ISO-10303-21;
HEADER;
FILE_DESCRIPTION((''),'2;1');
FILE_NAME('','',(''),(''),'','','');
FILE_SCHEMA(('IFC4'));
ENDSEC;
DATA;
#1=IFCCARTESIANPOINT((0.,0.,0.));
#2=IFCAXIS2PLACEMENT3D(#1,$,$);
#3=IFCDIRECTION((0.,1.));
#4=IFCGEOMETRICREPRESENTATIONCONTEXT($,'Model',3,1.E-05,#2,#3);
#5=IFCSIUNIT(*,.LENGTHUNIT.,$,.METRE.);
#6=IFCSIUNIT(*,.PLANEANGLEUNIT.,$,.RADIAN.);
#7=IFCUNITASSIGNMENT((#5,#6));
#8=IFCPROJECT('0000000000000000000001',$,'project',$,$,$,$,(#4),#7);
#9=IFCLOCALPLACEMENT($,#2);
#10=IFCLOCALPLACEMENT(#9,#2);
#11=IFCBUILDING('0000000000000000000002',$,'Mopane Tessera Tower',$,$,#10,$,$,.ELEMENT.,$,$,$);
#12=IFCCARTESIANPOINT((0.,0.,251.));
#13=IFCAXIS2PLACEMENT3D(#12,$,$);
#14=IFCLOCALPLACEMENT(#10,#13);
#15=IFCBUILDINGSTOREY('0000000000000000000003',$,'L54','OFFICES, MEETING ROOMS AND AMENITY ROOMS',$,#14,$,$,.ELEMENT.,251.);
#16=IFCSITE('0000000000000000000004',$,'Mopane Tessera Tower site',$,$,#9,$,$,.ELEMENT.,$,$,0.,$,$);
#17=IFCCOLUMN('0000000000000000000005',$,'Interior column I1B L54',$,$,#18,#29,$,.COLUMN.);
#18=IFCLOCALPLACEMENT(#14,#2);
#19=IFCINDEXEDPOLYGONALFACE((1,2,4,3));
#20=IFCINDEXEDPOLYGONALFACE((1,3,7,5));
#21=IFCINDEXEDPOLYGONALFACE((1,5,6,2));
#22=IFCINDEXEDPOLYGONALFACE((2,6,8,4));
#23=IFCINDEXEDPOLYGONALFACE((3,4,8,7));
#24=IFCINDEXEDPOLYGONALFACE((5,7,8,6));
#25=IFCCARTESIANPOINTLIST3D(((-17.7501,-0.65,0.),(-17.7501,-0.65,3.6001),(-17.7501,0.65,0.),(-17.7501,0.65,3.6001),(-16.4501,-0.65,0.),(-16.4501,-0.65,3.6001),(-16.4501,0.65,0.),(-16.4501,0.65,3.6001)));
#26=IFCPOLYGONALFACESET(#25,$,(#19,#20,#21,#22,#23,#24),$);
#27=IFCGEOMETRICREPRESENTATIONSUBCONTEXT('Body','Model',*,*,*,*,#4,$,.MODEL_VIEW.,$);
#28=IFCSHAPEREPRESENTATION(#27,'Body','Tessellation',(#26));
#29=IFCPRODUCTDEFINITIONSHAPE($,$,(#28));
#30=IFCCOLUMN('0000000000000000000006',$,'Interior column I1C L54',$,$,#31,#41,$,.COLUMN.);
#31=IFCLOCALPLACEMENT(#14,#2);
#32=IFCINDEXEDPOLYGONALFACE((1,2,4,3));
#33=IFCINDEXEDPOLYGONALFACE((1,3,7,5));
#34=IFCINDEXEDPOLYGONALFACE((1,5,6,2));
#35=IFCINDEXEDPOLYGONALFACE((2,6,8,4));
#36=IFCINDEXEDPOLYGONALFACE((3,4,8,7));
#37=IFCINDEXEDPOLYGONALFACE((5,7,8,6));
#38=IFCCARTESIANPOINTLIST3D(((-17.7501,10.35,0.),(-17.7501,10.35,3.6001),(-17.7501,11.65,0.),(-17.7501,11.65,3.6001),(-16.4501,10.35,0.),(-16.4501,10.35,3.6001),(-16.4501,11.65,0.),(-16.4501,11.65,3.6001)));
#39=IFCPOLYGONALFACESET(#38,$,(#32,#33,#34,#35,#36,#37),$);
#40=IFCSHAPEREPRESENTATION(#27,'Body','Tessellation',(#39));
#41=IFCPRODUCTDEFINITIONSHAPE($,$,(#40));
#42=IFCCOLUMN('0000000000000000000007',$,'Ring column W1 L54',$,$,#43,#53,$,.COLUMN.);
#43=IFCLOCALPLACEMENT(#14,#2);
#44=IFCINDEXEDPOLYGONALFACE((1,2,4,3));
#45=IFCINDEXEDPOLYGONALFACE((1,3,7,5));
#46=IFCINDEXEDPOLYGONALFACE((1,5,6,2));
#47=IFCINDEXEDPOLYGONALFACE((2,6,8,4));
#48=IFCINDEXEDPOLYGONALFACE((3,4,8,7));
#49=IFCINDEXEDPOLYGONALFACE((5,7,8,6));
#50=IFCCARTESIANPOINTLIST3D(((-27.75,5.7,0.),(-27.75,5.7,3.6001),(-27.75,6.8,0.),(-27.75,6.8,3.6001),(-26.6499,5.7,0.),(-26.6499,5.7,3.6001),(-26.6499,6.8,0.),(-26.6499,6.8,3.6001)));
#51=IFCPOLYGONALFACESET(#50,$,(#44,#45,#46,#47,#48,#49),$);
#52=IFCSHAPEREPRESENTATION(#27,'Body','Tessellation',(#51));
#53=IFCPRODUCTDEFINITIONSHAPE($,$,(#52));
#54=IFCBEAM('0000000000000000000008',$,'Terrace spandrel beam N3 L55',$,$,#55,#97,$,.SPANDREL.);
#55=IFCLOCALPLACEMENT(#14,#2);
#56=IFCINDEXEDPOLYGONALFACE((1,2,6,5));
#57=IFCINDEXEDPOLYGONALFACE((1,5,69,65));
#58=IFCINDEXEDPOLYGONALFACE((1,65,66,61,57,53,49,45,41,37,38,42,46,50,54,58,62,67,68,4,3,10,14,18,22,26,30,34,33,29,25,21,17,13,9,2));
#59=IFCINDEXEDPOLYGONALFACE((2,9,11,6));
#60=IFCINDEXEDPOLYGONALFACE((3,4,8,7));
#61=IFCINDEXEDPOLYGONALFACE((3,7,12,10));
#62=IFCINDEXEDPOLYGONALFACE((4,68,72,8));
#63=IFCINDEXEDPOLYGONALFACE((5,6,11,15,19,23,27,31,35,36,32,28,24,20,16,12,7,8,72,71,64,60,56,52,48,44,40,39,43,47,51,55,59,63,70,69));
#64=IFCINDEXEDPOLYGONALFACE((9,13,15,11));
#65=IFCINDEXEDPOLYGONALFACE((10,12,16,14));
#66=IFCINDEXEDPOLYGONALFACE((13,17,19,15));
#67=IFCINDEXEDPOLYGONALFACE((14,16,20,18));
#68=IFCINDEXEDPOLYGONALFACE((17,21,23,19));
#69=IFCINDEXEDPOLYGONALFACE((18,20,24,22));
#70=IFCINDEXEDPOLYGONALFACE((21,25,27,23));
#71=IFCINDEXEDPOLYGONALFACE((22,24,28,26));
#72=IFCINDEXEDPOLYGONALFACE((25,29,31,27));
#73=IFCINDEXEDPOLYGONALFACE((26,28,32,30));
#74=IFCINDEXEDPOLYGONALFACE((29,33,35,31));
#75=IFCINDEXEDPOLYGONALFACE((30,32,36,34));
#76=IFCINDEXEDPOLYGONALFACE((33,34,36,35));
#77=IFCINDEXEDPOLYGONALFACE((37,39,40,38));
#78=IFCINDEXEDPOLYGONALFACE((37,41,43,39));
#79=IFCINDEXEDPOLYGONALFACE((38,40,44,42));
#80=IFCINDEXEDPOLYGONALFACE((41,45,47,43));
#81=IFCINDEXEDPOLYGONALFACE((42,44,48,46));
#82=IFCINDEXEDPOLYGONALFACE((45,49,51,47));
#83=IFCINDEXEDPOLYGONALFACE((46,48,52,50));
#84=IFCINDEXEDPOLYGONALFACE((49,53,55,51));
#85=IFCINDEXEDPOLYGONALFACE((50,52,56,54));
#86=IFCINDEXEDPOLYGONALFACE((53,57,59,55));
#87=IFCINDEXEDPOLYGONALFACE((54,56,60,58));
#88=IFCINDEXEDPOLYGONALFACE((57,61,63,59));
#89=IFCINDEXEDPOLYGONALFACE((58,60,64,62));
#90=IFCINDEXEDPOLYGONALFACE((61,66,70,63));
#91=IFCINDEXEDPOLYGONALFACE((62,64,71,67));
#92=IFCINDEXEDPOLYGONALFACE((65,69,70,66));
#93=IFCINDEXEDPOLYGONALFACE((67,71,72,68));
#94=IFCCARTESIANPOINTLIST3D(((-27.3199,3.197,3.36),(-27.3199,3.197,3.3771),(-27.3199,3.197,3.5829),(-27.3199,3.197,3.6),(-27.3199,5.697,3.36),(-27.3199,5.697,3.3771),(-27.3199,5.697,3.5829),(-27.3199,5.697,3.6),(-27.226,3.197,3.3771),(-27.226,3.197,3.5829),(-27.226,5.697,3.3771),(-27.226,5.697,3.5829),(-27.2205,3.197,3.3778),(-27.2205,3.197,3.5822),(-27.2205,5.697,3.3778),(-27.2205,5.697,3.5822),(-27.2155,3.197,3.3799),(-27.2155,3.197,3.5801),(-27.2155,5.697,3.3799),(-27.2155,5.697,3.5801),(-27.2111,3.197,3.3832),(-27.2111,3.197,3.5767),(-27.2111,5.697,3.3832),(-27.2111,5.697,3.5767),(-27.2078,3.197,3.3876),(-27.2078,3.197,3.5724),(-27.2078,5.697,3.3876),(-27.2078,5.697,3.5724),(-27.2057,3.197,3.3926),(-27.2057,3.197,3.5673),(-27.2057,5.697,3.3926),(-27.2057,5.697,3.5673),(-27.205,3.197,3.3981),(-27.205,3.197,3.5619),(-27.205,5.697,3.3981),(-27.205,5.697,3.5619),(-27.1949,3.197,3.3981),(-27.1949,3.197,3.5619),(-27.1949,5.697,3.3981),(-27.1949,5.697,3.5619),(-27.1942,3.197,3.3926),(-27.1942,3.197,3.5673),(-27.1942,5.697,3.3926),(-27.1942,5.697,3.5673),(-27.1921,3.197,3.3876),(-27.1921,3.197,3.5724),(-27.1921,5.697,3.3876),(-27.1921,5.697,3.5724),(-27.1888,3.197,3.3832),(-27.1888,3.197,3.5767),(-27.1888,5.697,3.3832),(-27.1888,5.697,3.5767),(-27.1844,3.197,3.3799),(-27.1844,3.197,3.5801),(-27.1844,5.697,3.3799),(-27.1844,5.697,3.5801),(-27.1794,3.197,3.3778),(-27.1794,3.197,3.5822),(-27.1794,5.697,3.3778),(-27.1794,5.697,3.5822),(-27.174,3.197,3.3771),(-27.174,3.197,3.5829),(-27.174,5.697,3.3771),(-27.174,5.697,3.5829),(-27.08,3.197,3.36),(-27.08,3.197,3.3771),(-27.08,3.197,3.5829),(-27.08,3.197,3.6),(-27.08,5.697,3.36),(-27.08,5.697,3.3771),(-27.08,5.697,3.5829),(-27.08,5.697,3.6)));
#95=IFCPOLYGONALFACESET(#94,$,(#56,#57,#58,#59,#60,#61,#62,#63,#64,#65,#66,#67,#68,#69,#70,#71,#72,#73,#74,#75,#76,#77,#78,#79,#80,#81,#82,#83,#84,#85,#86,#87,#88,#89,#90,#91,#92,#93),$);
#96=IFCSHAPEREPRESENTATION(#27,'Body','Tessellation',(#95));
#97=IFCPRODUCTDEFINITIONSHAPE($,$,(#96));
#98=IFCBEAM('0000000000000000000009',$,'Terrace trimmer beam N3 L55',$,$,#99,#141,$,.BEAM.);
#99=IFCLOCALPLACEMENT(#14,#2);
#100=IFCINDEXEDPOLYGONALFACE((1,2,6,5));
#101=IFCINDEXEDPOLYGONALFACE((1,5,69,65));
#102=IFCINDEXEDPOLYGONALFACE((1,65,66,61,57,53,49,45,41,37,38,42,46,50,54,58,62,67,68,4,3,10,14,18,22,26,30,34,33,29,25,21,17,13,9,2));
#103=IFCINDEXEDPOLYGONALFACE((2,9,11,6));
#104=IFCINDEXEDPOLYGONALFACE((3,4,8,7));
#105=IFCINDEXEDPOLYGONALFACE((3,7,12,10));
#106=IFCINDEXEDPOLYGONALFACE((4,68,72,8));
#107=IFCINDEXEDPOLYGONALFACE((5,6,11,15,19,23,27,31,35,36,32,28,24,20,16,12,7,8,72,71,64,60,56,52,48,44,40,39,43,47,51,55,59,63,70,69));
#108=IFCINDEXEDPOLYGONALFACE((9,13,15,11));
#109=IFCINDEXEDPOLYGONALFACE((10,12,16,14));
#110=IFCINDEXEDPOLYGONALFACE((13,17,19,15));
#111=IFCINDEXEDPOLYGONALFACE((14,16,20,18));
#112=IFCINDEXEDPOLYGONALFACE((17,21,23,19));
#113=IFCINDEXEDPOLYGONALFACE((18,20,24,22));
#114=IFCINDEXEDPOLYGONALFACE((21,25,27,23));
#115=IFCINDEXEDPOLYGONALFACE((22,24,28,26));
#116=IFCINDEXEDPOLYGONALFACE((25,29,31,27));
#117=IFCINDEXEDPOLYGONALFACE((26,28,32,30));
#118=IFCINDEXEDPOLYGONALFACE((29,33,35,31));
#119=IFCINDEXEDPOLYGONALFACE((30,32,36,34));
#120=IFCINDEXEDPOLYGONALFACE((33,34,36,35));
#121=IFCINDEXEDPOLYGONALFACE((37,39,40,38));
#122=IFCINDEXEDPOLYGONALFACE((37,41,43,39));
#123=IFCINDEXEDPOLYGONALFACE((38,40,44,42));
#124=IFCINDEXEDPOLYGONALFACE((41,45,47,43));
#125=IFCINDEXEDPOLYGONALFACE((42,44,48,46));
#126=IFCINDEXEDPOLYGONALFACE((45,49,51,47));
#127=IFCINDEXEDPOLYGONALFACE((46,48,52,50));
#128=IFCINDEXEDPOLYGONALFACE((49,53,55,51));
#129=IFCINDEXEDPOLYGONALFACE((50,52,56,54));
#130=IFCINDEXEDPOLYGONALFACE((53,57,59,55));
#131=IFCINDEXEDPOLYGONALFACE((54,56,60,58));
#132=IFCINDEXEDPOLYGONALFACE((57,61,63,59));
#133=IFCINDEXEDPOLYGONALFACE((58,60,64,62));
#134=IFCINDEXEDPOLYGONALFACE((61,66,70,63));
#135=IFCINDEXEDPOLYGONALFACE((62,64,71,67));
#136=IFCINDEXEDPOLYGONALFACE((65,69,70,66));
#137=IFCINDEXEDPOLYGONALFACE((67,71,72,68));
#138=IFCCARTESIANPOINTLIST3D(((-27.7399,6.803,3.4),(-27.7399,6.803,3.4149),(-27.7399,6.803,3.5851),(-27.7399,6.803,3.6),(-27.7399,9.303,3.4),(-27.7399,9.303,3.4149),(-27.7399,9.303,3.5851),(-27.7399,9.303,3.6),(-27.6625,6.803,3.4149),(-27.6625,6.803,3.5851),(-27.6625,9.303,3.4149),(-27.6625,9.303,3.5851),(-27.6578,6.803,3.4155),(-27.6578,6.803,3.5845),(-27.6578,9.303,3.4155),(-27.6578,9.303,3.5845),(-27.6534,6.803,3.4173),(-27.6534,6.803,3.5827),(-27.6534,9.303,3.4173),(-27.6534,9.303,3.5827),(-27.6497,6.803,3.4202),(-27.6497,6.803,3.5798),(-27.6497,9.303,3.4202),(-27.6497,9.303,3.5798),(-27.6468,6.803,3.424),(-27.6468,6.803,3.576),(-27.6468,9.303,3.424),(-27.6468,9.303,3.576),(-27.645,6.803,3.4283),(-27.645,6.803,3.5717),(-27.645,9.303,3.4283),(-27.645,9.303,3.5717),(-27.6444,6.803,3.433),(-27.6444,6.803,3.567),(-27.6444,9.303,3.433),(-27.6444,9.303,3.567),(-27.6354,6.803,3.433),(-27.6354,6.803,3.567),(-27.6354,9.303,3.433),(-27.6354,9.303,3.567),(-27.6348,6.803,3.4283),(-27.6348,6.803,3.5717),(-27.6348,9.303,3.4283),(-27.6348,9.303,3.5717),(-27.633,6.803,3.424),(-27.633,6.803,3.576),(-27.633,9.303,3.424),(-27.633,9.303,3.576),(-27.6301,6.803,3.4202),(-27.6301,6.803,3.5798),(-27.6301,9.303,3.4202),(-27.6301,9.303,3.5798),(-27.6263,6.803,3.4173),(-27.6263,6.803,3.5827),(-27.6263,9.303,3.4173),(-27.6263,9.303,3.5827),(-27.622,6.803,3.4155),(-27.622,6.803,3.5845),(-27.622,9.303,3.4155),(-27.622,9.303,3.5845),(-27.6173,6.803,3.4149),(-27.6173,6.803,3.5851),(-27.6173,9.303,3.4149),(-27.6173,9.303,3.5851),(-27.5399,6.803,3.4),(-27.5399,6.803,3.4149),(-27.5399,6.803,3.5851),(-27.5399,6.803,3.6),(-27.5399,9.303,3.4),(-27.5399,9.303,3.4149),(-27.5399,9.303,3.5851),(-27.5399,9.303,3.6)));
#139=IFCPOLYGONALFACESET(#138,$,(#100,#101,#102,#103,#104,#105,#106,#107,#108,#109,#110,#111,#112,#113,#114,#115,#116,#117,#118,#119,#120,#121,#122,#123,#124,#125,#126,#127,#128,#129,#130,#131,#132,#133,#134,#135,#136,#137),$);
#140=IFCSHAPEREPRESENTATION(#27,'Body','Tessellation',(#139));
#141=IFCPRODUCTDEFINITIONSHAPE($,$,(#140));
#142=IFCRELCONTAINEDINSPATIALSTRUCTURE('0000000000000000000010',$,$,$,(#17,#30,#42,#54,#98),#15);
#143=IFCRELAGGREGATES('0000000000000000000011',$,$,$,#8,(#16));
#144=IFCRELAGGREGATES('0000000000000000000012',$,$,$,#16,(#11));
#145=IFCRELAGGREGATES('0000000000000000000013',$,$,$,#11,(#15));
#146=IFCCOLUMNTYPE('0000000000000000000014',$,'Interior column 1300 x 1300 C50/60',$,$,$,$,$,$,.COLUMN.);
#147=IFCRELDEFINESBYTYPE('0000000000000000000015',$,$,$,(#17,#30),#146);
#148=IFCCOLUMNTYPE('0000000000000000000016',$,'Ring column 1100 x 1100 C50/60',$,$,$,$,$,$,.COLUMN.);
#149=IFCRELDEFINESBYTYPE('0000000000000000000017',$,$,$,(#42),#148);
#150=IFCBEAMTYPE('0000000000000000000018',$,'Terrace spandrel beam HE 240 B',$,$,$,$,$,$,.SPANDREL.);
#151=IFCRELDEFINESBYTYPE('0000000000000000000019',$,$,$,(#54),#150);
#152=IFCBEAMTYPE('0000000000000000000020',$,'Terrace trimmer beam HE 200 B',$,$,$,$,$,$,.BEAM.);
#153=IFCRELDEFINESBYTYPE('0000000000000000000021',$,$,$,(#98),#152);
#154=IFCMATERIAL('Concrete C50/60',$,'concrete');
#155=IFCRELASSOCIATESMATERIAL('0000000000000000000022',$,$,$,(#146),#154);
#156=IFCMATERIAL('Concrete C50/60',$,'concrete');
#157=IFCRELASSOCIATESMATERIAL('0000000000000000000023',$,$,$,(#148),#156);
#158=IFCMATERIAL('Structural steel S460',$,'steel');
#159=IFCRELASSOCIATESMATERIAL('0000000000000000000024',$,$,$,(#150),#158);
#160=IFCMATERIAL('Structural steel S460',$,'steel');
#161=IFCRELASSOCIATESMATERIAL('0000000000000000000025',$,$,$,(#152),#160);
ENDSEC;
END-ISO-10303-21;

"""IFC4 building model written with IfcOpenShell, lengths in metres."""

from ifc_helpers import new_model, si_unit, direction, frame, origin, origin_2d, place, context, subcontext, project, spatial, rectangle, i_section, extrude, material, material_profile, profile_set, type_object, element, save


model = new_model("IFC4")

# Units and contexts
model_context = context("Model", 3, precision=1e-05, world=origin(), true_north=direction((0.0, 1.0)))
body_context = subcontext(model_context, "Body", "Model", "MODEL_VIEW")
ifc_project = project(units=[si_unit("LENGTHUNIT", "METRE"), si_unit("PLANEANGLEUNIT", "RADIAN")], contexts=[model_context])

# Site, building, storey
site_placement = place(None, origin())
site = spatial("IfcSite", under=ifc_project, at=site_placement, Name="Mopane Tessera Tower site", CompositionType="ELEMENT", RefElevation=0.0)
building_placement = place(site_placement, origin())
building = spatial("IfcBuilding", under=site, at=building_placement, Name="Mopane Tessera Tower", CompositionType="ELEMENT")
storey_placement = place(building_placement, frame((0.0, 0.0, 251.0)))
storey = spatial("IfcBuildingStorey", under=building, at=storey_placement, Name="L54", Description="OFFICES, MEETING ROOMS AND AMENITY ROOMS", CompositionType="ELEMENT", Elevation=251.0)

# Columns
ifc_material_1 = material(Name="Concrete C50/60", Category="concrete")
ifc_material_profile_1 = material_profile(ifc_material_1, rectangle(XDim=1.3, YDim=1.3, at=origin_2d()))
ifc_profile_set_1 = profile_set([ifc_material_profile_1], Name="Concrete C50/60")
column_type_1 = type_object("IfcColumnType", Name="Interior column 1300 x 1300 C50/60", PredefinedType="COLUMN", material=ifc_profile_set_1)
for number, where, z_axis, x_axis, name in (
    (1, (-17.1001, 0.0, 0.0), (0.0, 0.0, 1.0), (1.0, 0.0, 0.0), "Interior column I1B L54"),
    (2, (-17.1001, 11.0, 0.0), (0.0, 0.0, 1.0), (1.0, 0.0, 0.0), "Interior column I1C L54"),
):
    element("IfcColumn", number, at=place(storey_placement, frame(where, z_axis=z_axis, x_axis=x_axis)), inside=storey, type_object=column_type_1, Name=name, PredefinedType="COLUMN", context=body_context, shape_type="SweptSolid", body=[
        extrude(rectangle(XDim=1.3, YDim=1.3, at=origin_2d()), origin(), (0.0, 0.0, 1.0), 3.6001),
    ])
ifc_material_2 = material(Name="Concrete C50/60", Category="concrete")
ifc_material_profile_2 = material_profile(ifc_material_2, rectangle(XDim=1.1001, YDim=1.1001, at=origin_2d()))
ifc_profile_set_2 = profile_set([ifc_material_profile_2], Name="Concrete C50/60")
column_type_2 = type_object("IfcColumnType", Name="Ring column 1100 x 1100 C50/60", PredefinedType="COLUMN", material=ifc_profile_set_2)
column_placement = place(storey_placement, frame((-27.2, 6.25, 0.0), z_axis=(0.0, 0.0, 1.0), x_axis=(1.0, 0.0, 0.0)))
element("IfcColumn", 3, at=column_placement, inside=storey, type_object=column_type_2, Name="Ring column W1 L54", PredefinedType="COLUMN", context=body_context, shape_type="SweptSolid", body=[
    extrude(rectangle(XDim=1.1001, YDim=1.1001, at=origin_2d()), origin(), (0.0, 0.0, 1.0), 3.6001),
])

# Beams
ifc_material_3 = material(Name="Structural steel S460", Category="steel")
ifc_material_profile_3 = material_profile(ifc_material_3, i_section(OverallWidth=0.24, OverallDepth=0.24, WebThickness=0.01, FlangeThickness=0.0171, FilletRadius=0.021, at=origin_2d()))
ifc_profile_set_3 = profile_set([ifc_material_profile_3], Name="Structural steel S460")
beam_type_1 = type_object("IfcBeamType", Name="Terrace spandrel beam HE 240 B", PredefinedType="SPANDREL", material=ifc_profile_set_3)
beam_1_placement = place(storey_placement, frame((-27.2, 5.697, 3.48), z_axis=(0.0, -1.0, 0.0), x_axis=(1.0, 0.0, 0.0)))
element("IfcBeam", 4, at=beam_1_placement, inside=storey, type_object=beam_type_1, Name="Terrace spandrel beam N3 L55", PredefinedType="SPANDREL", context=body_context, shape_type="SweptSolid", body=[
    extrude(i_section(OverallWidth=0.24, OverallDepth=0.24, WebThickness=0.01, FlangeThickness=0.0171, FilletRadius=0.021, at=origin_2d()), origin(), (0.0, 0.0, 1.0), 2.5),
])
ifc_material_4 = material(Name="Structural steel S460", Category="steel")
ifc_material_profile_4 = material_profile(ifc_material_4, i_section(OverallWidth=0.2, OverallDepth=0.2, WebThickness=0.009, FlangeThickness=0.0149, FilletRadius=0.0181, at=origin_2d()))
ifc_profile_set_4 = profile_set([ifc_material_profile_4], Name="Structural steel S460")
beam_type_2 = type_object("IfcBeamType", Name="Terrace trimmer beam HE 200 B", PredefinedType="BEAM", material=ifc_profile_set_4)
beam_2_placement = place(storey_placement, frame((-27.6399, 6.803, 3.5), z_axis=(0.0, 1.0, 0.0), x_axis=(-1.0, 0.0, 0.0)))
element("IfcBeam", 5, at=beam_2_placement, inside=storey, type_object=beam_type_2, Name="Terrace trimmer beam N3 L55", PredefinedType="BEAM", context=body_context, shape_type="SweptSolid", body=[
    extrude(i_section(OverallWidth=0.2, OverallDepth=0.2, WebThickness=0.009, FlangeThickness=0.0149, FilletRadius=0.0181, at=origin_2d()), origin(), (0.0, 0.0, 1.0), 2.5),
])

save(model, "model.ifc")
